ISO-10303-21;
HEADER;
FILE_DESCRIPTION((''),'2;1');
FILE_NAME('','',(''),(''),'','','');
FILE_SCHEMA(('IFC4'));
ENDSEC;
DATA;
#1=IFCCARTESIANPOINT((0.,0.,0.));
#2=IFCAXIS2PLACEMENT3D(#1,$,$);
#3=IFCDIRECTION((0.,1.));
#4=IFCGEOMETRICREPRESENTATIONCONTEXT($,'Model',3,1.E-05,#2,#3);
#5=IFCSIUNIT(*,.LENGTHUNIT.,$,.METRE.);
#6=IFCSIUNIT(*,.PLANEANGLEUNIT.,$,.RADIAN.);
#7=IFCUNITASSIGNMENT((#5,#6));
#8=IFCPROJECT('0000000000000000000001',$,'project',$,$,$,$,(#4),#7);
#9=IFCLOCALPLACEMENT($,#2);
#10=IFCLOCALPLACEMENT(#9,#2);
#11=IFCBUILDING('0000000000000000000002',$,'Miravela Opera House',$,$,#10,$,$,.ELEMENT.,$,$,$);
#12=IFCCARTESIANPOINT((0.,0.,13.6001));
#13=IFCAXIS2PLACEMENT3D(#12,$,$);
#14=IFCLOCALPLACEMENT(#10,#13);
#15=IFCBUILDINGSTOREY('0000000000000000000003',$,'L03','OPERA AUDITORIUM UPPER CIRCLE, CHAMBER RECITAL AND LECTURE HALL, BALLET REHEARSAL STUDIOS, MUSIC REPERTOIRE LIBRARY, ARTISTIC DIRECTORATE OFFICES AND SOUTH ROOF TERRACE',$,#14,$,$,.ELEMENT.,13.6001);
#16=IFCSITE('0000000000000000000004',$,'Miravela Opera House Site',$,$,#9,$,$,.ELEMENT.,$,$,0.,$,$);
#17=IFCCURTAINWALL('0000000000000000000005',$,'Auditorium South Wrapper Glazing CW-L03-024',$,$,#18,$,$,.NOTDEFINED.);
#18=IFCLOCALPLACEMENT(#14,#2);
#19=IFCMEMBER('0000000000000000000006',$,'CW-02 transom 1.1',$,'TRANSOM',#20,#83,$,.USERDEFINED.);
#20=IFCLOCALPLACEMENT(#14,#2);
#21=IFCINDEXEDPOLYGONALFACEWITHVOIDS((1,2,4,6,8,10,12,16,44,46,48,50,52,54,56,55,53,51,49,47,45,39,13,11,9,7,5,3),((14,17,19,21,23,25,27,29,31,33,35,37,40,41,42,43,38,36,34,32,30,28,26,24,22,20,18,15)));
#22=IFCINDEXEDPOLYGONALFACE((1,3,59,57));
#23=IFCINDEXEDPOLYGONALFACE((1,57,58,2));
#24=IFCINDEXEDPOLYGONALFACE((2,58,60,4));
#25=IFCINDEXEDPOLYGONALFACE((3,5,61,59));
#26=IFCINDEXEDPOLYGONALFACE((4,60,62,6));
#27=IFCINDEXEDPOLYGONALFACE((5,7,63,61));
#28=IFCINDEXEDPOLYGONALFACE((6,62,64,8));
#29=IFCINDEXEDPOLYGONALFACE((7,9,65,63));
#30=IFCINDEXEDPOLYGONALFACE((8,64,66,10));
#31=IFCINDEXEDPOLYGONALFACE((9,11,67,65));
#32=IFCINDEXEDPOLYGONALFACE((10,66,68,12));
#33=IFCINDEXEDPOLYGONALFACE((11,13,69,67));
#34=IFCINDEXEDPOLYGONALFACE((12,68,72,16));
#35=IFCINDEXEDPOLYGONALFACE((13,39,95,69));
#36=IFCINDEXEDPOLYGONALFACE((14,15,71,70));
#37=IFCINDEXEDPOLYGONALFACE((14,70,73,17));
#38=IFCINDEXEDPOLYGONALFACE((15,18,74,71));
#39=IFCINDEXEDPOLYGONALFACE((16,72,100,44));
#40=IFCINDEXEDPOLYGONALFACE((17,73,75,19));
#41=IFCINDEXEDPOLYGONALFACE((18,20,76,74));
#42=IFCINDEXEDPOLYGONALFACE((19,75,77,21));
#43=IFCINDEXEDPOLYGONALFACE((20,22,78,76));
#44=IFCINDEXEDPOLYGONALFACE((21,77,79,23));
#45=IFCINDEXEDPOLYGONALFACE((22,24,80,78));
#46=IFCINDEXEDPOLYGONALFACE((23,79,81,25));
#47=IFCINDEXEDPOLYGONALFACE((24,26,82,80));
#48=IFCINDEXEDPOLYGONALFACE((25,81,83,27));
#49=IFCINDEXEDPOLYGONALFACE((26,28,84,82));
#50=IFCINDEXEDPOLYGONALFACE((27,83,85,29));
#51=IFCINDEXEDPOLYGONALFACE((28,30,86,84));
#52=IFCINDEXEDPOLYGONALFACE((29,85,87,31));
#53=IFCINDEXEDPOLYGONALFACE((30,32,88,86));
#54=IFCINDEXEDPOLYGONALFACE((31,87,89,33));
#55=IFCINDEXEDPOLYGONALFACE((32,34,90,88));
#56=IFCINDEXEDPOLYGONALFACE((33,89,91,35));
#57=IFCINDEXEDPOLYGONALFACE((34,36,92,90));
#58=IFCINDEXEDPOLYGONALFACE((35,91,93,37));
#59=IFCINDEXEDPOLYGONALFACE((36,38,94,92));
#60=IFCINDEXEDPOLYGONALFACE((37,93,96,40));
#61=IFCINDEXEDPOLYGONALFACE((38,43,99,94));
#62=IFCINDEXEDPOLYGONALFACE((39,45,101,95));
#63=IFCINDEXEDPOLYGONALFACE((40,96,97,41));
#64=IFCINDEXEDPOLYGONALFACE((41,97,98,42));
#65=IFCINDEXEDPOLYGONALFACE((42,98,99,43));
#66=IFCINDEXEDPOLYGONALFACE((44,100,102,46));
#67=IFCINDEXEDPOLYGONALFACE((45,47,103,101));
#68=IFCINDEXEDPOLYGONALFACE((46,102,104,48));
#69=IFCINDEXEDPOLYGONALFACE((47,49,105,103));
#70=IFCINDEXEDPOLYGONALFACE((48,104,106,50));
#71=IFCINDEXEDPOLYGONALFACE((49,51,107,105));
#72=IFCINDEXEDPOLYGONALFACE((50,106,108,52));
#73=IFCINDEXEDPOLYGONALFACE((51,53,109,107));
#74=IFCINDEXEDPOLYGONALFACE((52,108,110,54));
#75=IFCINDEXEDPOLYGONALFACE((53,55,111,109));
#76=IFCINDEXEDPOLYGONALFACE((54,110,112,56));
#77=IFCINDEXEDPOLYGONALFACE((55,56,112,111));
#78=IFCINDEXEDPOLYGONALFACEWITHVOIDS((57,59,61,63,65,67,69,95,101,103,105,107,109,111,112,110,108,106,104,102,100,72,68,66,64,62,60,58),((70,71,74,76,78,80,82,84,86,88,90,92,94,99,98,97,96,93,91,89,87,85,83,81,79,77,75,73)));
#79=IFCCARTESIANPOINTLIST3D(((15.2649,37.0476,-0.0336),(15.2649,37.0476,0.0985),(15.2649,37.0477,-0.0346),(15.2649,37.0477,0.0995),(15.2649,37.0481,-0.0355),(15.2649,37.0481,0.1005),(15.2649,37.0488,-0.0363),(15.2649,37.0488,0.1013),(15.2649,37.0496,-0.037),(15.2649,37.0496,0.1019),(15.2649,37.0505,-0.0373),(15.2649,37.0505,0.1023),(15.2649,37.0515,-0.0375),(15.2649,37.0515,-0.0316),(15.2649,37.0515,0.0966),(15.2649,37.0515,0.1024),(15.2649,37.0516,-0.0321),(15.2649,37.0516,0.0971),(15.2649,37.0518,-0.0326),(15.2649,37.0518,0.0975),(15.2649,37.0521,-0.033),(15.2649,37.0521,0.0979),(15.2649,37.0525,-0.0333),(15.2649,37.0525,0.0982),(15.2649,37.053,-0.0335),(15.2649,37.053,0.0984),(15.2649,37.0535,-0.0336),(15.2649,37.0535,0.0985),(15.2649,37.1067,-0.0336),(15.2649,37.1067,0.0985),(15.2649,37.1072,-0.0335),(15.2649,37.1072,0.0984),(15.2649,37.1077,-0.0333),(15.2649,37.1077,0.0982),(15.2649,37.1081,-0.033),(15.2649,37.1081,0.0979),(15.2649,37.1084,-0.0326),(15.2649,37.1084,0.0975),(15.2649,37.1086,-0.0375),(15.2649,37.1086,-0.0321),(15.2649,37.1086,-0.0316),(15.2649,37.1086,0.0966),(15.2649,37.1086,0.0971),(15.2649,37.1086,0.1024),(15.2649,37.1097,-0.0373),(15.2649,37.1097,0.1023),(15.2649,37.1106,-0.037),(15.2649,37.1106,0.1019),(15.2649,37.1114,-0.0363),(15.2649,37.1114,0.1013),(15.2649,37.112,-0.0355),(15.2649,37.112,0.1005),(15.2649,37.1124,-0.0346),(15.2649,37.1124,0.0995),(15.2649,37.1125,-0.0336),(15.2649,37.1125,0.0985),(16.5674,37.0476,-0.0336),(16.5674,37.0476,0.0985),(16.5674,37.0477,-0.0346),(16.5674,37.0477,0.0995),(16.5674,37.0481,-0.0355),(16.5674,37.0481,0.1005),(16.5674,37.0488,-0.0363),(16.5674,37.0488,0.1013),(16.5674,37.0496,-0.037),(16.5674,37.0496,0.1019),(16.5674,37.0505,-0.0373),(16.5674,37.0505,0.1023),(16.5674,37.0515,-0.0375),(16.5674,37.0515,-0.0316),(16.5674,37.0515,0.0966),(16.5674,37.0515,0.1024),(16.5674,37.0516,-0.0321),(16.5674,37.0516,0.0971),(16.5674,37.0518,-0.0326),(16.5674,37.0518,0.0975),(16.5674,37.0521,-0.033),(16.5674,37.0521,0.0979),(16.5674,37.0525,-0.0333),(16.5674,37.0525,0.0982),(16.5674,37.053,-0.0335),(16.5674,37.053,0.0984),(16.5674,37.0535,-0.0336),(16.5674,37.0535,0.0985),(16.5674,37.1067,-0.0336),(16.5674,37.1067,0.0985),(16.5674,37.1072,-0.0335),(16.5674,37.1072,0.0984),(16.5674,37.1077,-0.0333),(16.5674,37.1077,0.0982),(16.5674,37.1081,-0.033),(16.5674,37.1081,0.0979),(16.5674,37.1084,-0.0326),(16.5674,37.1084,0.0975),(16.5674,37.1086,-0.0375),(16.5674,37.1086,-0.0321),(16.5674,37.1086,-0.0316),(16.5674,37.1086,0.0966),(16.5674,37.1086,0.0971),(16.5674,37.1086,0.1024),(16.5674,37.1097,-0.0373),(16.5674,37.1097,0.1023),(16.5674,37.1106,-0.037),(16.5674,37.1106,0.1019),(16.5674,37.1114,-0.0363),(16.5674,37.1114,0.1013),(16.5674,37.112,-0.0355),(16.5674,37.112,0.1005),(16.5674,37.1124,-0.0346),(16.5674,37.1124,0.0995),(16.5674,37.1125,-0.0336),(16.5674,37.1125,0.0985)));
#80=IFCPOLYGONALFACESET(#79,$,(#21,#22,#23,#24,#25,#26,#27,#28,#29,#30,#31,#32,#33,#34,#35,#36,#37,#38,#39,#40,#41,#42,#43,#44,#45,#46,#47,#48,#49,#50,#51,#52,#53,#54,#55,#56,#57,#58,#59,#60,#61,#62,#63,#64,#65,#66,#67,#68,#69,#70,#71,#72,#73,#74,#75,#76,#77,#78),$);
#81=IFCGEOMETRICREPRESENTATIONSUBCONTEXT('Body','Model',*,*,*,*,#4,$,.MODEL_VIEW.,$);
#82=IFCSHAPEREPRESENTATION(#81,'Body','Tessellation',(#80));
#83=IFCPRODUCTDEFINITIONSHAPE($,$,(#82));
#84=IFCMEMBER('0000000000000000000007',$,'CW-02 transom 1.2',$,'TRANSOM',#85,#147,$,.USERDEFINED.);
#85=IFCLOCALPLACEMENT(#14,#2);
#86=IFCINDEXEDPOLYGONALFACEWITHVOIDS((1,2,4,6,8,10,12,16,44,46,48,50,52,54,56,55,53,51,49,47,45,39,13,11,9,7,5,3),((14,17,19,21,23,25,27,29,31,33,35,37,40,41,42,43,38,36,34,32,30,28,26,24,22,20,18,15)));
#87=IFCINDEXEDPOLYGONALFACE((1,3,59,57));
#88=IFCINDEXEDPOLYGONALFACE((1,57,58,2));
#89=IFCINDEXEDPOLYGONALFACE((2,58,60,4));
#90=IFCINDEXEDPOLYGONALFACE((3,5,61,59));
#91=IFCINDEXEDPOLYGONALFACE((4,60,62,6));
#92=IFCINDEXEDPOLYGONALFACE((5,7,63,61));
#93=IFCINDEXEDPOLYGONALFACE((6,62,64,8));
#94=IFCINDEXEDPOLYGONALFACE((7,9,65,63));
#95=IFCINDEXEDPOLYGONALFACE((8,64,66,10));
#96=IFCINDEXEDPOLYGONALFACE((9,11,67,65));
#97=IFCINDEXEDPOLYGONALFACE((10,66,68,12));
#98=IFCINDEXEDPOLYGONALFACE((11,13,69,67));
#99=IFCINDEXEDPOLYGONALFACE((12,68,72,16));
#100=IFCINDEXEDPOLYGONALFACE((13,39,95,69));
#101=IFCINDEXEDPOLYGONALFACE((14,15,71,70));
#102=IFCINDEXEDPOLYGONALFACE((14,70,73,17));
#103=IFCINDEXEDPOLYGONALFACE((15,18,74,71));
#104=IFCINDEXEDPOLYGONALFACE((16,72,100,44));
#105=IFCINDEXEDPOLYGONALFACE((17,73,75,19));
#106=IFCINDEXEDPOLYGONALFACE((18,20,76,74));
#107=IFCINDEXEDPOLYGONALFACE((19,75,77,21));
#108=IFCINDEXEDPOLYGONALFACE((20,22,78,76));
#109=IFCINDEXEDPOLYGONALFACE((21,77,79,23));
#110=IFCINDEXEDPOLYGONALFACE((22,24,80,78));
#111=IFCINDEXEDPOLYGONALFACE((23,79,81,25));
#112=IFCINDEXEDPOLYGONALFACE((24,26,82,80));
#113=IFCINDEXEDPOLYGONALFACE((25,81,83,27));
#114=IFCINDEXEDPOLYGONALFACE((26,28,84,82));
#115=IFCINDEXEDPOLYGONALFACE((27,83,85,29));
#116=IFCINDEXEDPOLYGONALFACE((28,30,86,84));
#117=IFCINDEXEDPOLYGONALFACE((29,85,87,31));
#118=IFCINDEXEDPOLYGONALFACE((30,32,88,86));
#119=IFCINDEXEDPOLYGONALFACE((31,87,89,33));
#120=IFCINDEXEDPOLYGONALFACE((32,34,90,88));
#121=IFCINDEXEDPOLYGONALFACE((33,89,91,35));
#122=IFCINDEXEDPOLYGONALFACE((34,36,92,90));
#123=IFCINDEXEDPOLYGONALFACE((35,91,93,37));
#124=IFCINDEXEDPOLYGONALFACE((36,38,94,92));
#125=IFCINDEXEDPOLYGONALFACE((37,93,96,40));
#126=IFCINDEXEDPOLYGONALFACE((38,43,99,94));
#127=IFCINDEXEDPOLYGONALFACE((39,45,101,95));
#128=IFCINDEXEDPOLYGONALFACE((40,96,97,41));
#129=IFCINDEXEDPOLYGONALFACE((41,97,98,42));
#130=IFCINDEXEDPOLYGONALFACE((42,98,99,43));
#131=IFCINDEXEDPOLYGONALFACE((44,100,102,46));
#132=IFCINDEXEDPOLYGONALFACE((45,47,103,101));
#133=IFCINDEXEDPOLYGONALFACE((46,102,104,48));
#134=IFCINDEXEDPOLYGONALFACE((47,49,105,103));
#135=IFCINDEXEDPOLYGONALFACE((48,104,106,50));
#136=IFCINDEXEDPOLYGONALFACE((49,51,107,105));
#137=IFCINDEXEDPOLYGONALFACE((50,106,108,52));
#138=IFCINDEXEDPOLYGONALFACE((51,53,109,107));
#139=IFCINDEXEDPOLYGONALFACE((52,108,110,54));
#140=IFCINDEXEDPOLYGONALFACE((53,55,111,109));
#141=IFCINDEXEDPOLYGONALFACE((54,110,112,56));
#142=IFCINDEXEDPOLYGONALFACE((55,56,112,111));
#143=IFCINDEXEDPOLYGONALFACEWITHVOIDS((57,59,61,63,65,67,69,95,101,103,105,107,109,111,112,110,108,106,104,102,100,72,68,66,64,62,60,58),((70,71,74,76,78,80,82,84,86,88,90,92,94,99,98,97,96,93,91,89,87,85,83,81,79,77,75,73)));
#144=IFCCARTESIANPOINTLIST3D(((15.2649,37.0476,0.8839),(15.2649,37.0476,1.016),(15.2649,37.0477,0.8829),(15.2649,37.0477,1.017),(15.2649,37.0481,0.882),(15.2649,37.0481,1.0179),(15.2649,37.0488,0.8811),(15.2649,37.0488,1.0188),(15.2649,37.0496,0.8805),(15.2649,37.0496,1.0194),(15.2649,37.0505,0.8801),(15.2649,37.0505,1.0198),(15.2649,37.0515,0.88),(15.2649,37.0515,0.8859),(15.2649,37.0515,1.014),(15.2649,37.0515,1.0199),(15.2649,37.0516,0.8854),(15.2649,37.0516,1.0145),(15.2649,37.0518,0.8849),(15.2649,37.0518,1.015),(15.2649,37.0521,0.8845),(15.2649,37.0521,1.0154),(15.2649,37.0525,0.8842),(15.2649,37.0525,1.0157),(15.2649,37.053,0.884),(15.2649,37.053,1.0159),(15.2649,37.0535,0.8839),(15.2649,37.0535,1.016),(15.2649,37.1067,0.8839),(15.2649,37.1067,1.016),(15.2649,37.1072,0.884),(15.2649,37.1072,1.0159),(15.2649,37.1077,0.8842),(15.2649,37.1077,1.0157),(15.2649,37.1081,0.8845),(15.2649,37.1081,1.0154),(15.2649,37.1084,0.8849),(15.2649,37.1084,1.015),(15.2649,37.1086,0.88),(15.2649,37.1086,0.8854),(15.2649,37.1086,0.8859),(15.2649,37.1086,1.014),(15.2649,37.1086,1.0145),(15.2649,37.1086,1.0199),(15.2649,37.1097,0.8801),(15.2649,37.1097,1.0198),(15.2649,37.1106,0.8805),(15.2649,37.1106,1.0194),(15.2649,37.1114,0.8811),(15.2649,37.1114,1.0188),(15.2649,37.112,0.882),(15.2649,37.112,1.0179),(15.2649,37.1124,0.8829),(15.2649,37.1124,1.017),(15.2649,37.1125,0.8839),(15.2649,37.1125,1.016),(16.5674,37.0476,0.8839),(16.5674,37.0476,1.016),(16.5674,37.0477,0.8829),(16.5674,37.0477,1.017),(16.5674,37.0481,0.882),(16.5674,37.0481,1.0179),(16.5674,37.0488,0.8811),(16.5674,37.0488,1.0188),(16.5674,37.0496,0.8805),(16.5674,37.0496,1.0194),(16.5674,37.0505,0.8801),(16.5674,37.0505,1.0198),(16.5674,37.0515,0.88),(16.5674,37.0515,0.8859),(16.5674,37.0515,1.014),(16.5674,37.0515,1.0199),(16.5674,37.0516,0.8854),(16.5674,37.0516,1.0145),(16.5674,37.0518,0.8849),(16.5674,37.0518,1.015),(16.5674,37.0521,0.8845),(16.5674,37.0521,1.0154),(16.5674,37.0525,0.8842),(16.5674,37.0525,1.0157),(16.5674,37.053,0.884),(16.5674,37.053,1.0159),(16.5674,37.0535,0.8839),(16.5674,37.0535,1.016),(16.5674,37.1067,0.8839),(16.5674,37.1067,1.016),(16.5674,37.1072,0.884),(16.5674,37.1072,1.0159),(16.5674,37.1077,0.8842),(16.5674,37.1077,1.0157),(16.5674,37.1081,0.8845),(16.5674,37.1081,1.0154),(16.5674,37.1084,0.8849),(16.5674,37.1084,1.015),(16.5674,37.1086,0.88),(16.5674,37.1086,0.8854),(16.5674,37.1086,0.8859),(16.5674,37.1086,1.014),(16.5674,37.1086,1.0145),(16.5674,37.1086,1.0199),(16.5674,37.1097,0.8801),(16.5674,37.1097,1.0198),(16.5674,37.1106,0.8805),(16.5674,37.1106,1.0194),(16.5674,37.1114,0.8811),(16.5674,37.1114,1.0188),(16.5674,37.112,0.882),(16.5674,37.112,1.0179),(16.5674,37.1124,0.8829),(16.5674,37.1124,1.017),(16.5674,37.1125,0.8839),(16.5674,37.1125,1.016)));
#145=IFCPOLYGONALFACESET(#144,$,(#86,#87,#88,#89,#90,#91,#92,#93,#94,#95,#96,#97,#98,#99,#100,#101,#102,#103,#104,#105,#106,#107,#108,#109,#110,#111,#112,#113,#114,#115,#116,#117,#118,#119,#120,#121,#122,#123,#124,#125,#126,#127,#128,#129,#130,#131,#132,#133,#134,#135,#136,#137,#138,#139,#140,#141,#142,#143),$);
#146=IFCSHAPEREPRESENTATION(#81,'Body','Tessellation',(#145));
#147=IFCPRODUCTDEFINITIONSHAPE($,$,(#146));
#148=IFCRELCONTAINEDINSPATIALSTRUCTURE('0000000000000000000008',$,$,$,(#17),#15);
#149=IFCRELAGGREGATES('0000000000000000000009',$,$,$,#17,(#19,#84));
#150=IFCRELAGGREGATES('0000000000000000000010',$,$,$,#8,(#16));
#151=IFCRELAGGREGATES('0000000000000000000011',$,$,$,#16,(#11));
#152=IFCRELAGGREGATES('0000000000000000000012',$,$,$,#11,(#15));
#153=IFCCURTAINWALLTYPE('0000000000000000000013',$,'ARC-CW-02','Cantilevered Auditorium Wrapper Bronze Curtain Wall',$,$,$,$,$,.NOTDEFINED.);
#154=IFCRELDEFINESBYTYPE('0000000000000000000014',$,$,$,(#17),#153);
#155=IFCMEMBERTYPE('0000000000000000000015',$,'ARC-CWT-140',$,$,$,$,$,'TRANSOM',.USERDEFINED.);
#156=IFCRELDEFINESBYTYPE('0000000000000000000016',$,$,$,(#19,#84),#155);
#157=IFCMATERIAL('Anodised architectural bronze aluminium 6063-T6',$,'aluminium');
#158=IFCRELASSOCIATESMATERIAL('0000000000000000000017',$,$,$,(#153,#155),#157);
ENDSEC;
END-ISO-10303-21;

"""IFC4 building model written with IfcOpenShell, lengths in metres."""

from ifc_helpers import new_model, si_unit, direction, frame, origin, origin_2d, place, context, subcontext, project, spatial, hollow_rectangle, extrude, material, material_profile, profile_set, type_object, element, aggregate, save


model = new_model("IFC4")

# Units and contexts
model_context = context("Model", 3, precision=1e-05, world=origin(), true_north=direction((0.0, 1.0)))
body_context = subcontext(model_context, "Body", "Model", "MODEL_VIEW")
ifc_project = project(units=[si_unit("LENGTHUNIT", "METRE"), si_unit("PLANEANGLEUNIT", "RADIAN")], contexts=[model_context])

# Site, building, storey
site_placement = place(None, origin())
site = spatial("IfcSite", under=ifc_project, at=site_placement, Name="Miravela Opera House Site", CompositionType="ELEMENT", RefElevation=0.0)
building_placement = place(site_placement, origin())
building = spatial("IfcBuilding", under=site, at=building_placement, Name="Miravela Opera House", CompositionType="ELEMENT")
storey_placement = place(building_placement, frame((0.0, 0.0, 13.6001)))
storey = spatial("IfcBuildingStorey", under=building, at=storey_placement, Name="L03", Description="OPERA AUDITORIUM UPPER CIRCLE, CHAMBER RECITAL AND LECTURE HALL, BALLET REHEARSAL STUDIOS, MUSIC REPERTOIRE LIBRARY, ARTISTIC DIRECTORATE OFFICES AND SOUTH ROOF TERRACE", CompositionType="ELEMENT", Elevation=13.6001)

# Curtain wall
ifc_material_1 = material(Name="Anodised architectural bronze aluminium 6063-T6", Category="aluminium")
curtain_wall_type = type_object("IfcCurtainWallType", Name="ARC-CW-02", Description="Cantilevered Auditorium Wrapper Bronze Curtain Wall", PredefinedType="NOTDEFINED", material=ifc_material_1)
curtain_wall_1_placement = place(storey_placement, origin())
curtain_wall_1 = element("IfcCurtainWall", 1, at=curtain_wall_1_placement, inside=storey, type_object=curtain_wall_type, Name="Auditorium South Wrapper Glazing CW-L03-024", PredefinedType="NOTDEFINED")

# Members
ifc_material_profile_1 = material_profile(ifc_material_1, hollow_rectangle(XDim=0.0649, YDim=0.1399, WallThickness=0.0039, InnerFilletRadius=0.002, OuterFilletRadius=0.0039, at=origin_2d()), Name="CWT-65X140")
ifc_profile_set_1 = profile_set([ifc_material_profile_1])
member_type_1 = type_object("IfcMemberType", Name="ARC-CWT-140", ElementType="TRANSOM", PredefinedType="USERDEFINED", material=ifc_profile_set_1)
member_1_placement = place(storey_placement, frame((15.2649, 37.0801, 0.0325), z_axis=(1.0, 0.0, 0.0), x_axis=(0.0, 1.0, 0.0)))
member_1 = element("IfcMember", 2, at=member_1_placement, type_object=member_type_1, Name="CW-02 transom 1.1", ObjectType="TRANSOM", PredefinedType="USERDEFINED", context=body_context, shape_type="SweptSolid", body=[
    extrude(hollow_rectangle(XDim=0.0649, YDim=0.1399, WallThickness=0.0039, InnerFilletRadius=0.002, OuterFilletRadius=0.0039, at=origin_2d()), origin(), (0.0, 0.0, 1.0), 1.3025),
])
member_2_placement = place(storey_placement, frame((15.2649, 37.0801, 0.95), z_axis=(1.0, 0.0, 0.0), x_axis=(0.0, 1.0, 0.0)))
member_2 = element("IfcMember", 3, at=member_2_placement, type_object=member_type_1, Name="CW-02 transom 1.2", ObjectType="TRANSOM", PredefinedType="USERDEFINED", context=body_context, shape_type="SweptSolid", body=[
    extrude(hollow_rectangle(XDim=0.0649, YDim=0.1399, WallThickness=0.0039, InnerFilletRadius=0.002, OuterFilletRadius=0.0039, at=origin_2d()), origin(), (0.0, 0.0, 1.0), 1.3025),
])

aggregate(curtain_wall_1, [member_1, member_2])

save(model, "model.ifc")
